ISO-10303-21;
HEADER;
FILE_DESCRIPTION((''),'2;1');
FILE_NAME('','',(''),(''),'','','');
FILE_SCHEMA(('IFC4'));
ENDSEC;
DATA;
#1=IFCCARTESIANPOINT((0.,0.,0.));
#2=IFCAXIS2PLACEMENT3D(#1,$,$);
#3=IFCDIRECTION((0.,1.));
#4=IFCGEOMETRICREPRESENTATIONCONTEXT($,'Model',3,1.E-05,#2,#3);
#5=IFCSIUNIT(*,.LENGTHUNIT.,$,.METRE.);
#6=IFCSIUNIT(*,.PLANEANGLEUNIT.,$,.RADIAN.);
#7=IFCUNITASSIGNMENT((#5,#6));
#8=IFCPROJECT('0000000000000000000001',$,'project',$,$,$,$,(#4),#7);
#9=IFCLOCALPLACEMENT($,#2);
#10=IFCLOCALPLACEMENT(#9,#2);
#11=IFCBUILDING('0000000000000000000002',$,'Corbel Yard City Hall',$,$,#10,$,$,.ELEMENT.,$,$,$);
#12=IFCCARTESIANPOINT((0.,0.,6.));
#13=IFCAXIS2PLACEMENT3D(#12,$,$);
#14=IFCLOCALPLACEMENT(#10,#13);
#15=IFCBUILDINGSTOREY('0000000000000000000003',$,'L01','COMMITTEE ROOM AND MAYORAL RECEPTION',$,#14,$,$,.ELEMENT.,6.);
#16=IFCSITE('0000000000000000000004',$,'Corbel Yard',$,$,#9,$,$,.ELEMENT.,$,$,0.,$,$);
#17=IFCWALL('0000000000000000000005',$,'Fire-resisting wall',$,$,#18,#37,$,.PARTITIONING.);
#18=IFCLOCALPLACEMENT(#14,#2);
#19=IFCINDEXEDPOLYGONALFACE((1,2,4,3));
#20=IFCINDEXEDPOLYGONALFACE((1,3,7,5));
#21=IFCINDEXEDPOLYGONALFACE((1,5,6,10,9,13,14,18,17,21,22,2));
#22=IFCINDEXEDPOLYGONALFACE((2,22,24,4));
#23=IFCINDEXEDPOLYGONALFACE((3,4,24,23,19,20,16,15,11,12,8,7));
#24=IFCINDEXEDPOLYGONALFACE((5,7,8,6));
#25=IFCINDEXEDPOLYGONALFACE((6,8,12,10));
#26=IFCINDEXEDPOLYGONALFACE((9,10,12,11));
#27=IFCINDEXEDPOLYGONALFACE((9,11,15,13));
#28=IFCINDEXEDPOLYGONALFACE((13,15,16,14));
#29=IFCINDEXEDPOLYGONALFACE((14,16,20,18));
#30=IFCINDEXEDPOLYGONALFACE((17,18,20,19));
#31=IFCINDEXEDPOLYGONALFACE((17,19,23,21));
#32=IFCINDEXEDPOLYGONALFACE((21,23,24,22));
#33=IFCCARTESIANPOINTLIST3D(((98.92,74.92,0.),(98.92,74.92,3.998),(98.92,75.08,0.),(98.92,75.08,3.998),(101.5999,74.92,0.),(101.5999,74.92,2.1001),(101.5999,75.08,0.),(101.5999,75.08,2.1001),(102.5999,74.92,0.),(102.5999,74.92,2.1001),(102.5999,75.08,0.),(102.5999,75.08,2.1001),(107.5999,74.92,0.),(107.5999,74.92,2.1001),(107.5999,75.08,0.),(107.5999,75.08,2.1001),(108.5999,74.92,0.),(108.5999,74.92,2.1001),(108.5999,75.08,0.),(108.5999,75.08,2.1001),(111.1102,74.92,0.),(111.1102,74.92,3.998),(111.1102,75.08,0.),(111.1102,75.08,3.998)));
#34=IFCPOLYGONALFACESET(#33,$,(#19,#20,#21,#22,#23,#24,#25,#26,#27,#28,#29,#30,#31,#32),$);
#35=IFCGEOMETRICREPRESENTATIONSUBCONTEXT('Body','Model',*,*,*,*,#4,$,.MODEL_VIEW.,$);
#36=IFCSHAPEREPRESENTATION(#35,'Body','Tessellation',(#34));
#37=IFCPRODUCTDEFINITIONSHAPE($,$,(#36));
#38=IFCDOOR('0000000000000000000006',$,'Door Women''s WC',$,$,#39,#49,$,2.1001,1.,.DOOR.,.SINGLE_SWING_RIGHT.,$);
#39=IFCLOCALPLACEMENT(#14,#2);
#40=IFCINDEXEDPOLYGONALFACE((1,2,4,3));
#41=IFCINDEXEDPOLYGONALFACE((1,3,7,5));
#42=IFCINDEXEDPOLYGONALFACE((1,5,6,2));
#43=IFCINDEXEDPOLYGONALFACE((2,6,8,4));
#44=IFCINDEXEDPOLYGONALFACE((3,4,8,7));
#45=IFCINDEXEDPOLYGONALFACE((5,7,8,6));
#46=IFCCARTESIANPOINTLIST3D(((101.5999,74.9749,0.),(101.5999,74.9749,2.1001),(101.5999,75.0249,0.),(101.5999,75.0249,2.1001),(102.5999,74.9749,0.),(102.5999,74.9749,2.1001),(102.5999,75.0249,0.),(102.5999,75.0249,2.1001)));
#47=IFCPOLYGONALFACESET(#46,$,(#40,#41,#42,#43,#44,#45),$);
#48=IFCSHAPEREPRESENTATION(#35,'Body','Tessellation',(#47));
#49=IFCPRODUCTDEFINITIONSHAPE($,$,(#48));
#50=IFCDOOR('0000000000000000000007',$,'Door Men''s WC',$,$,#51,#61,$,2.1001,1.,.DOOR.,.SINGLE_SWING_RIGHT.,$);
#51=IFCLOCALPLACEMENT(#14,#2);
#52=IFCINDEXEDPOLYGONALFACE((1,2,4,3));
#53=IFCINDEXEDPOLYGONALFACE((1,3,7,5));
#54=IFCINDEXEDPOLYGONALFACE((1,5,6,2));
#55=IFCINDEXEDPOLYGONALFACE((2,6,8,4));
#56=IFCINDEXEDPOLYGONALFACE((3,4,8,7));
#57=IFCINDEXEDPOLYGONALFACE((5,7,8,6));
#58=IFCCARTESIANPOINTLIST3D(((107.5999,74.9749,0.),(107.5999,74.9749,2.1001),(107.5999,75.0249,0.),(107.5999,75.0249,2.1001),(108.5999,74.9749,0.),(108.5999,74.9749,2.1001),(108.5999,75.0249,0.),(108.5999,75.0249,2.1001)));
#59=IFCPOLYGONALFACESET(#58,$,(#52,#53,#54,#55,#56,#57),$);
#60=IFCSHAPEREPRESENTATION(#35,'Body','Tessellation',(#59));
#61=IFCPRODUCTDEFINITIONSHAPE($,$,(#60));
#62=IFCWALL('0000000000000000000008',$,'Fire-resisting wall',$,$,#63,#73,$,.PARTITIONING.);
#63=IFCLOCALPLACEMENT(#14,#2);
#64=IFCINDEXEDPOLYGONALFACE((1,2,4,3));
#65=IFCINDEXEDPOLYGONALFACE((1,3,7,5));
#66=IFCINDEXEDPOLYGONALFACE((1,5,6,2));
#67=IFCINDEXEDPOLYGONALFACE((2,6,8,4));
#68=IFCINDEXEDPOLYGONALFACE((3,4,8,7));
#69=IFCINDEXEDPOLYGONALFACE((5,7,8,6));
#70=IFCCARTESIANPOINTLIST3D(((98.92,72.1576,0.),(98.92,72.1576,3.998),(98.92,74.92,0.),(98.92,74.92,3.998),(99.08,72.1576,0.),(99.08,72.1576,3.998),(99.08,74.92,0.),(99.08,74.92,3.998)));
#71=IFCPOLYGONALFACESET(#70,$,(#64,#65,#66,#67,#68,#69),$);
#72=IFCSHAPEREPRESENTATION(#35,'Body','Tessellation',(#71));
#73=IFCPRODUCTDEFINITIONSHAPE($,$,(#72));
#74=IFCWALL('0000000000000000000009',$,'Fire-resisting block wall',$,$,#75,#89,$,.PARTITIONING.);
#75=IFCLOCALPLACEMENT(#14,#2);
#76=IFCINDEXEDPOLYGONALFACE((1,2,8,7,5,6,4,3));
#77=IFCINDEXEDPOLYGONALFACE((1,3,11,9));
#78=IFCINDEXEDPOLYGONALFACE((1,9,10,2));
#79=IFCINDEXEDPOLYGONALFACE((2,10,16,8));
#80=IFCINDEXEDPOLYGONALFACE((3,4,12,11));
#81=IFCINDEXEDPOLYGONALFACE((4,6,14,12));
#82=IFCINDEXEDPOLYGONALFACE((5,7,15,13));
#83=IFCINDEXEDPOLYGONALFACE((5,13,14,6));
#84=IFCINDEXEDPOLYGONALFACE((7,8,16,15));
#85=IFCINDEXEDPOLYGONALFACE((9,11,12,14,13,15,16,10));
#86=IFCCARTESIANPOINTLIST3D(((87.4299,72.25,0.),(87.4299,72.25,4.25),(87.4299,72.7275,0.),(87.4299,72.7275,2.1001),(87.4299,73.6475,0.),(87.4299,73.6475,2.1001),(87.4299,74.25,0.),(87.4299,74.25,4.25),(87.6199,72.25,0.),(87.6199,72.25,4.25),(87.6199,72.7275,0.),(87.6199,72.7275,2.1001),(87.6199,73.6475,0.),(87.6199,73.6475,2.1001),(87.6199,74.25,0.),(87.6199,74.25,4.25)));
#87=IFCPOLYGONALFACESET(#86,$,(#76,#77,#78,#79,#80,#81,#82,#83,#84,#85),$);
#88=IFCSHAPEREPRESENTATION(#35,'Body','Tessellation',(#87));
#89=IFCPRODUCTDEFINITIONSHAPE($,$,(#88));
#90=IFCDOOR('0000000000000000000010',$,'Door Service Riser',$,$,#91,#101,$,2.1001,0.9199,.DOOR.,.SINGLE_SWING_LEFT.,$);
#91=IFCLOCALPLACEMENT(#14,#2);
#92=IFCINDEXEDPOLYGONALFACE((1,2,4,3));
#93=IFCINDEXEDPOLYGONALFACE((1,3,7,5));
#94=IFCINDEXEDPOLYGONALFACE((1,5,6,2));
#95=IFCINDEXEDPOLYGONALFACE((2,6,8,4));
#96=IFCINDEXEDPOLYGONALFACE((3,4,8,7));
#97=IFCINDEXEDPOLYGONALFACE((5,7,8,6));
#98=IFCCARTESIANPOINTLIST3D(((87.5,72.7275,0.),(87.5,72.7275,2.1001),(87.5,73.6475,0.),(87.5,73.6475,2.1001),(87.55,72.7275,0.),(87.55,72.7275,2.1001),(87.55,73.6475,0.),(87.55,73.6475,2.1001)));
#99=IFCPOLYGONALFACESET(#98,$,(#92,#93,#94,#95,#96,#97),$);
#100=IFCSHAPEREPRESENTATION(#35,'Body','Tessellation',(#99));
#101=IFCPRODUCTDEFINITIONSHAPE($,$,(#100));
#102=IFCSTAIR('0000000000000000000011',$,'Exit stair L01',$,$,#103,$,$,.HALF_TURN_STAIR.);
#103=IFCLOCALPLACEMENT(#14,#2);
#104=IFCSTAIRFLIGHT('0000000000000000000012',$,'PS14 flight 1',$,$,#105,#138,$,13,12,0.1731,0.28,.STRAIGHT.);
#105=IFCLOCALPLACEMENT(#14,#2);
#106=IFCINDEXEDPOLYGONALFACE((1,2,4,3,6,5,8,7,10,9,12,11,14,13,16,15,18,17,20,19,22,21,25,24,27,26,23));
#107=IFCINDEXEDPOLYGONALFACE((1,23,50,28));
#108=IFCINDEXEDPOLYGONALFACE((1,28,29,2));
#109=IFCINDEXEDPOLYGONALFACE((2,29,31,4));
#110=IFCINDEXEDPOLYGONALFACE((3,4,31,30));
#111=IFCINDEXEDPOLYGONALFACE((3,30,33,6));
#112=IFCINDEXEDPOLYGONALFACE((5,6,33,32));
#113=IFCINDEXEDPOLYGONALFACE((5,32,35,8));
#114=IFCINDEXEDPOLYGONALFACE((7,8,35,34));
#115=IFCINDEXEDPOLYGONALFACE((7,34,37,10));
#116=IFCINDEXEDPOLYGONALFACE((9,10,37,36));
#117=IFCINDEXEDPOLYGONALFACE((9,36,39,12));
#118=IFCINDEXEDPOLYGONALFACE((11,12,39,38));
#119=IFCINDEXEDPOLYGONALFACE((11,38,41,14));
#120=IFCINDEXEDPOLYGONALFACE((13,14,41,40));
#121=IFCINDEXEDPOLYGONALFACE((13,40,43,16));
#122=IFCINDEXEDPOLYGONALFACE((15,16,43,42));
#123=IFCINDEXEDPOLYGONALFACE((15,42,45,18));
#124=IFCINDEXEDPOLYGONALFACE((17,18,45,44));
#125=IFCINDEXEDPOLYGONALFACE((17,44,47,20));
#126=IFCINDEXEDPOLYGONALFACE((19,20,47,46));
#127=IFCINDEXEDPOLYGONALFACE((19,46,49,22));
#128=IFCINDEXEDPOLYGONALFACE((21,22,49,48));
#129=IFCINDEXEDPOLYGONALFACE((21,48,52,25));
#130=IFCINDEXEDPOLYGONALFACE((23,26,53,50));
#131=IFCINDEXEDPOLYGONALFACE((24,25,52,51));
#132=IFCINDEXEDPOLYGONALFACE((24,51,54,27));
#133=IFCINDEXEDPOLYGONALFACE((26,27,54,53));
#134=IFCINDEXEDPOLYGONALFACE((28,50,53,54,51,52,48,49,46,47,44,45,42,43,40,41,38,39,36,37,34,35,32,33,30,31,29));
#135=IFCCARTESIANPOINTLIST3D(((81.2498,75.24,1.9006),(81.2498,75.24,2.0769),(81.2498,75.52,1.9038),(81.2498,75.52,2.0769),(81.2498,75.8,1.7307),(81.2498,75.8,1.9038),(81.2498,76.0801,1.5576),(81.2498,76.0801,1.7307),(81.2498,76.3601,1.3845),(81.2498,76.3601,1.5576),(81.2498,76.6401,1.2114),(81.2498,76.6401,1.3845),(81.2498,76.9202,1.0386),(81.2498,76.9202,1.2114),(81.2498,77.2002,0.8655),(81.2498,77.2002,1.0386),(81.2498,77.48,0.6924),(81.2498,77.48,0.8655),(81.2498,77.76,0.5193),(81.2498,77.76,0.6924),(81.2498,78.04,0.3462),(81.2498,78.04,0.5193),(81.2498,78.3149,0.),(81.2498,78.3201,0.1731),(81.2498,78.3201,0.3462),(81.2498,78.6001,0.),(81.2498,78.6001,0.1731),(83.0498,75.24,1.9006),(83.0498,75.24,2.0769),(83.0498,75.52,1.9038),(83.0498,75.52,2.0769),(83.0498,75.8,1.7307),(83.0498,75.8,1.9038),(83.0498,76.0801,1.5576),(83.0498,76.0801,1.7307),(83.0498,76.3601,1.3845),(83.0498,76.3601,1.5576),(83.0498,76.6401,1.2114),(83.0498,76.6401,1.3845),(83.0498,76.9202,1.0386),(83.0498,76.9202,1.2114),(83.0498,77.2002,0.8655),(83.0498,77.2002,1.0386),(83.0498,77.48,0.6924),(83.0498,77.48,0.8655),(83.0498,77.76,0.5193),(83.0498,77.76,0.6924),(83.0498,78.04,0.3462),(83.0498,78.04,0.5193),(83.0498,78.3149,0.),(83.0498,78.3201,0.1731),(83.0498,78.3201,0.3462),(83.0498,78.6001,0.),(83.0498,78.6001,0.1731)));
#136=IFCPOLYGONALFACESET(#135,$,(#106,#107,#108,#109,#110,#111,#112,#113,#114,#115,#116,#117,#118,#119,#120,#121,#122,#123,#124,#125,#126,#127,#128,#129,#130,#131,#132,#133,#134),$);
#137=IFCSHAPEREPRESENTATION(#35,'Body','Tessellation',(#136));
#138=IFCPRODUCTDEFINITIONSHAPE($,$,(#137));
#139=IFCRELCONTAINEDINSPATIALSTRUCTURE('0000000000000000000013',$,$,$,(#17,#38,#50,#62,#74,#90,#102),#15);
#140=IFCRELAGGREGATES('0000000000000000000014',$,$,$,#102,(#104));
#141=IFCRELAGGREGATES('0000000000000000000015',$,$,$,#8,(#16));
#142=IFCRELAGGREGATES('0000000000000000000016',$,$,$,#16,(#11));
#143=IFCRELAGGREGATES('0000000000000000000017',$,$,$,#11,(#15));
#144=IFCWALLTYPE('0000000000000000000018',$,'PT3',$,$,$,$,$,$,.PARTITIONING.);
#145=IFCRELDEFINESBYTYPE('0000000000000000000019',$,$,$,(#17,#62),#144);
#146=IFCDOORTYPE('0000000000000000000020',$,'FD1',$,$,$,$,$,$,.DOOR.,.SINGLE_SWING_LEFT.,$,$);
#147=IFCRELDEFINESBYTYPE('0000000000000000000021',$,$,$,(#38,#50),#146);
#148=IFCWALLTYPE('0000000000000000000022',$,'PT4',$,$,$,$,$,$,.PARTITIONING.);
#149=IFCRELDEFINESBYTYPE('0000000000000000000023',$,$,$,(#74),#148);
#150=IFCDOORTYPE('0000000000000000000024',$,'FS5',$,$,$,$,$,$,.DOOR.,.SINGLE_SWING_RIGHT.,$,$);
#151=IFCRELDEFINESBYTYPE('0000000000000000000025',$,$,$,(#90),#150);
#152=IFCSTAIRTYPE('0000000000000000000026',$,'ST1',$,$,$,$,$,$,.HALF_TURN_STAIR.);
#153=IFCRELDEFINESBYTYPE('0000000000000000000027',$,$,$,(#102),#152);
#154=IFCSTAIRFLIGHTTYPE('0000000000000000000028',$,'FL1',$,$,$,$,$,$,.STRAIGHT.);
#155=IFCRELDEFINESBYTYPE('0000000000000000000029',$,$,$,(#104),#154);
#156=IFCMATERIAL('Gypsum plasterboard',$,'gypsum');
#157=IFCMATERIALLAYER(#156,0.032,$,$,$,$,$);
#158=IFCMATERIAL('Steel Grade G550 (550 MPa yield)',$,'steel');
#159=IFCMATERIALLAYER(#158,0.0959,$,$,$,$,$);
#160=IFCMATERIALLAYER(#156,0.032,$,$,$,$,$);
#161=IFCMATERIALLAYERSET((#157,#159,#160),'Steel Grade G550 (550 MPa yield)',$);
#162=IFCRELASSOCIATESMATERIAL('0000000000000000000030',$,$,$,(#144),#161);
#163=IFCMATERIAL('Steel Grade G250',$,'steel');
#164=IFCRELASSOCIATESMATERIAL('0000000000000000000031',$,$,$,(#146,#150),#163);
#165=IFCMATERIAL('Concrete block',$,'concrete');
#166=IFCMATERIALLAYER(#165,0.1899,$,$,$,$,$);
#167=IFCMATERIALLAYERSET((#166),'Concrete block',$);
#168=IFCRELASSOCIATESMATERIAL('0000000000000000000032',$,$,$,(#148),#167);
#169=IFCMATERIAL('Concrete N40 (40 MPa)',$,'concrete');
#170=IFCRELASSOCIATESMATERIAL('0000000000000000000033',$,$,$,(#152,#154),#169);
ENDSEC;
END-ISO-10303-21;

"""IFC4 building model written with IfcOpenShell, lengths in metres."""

from ifc_helpers import new_model, si_unit, direction, frame, frame_2d, origin, place, context, subcontext, project, spatial, polyline, rectangle, outline, extrude, material, layer, layer_set, type_object, element, fill, aggregate, save


model = new_model("IFC4")

# Units and contexts
model_context = context("Model", 3, precision=1e-05, world=origin(), true_north=direction((0.0, 1.0)))
body_context = subcontext(model_context, "Body", "Model", "MODEL_VIEW")
ifc_project = project(units=[si_unit("LENGTHUNIT", "METRE"), si_unit("PLANEANGLEUNIT", "RADIAN")], contexts=[model_context])

# Site, building, storey
site_placement = place(None, origin())
site = spatial("IfcSite", under=ifc_project, at=site_placement, Name="Corbel Yard", CompositionType="ELEMENT", RefElevation=0.0)
building_placement = place(site_placement, origin())
building = spatial("IfcBuilding", under=site, at=building_placement, Name="Corbel Yard City Hall", CompositionType="ELEMENT")
storey_placement = place(building_placement, frame((0.0, 0.0, 6.0)))
storey = spatial("IfcBuildingStorey", under=building, at=storey_placement, Name="L01", Description="COMMITTEE ROOM AND MAYORAL RECEPTION", CompositionType="ELEMENT", Elevation=6.0)

# Shared definitions
ifc_material_1 = material(Name="Steel Grade G250", Category="steel")

# Shared definitions
ifc_material_2 = material(Name="Concrete N40 (40 MPa)", Category="concrete")

# Shared definitions
ifc_material_3 = material(Name="Gypsum plasterboard", Category="gypsum")
ifc_material_4 = material(Name="Steel Grade G550 (550 MPa yield)", Category="steel")

# Wall, openings, doors
ifc_layer_1 = layer(ifc_material_3, 0.032)
ifc_layer_2 = layer(ifc_material_4, 0.0959)
ifc_layer_3 = layer(ifc_material_3, 0.032)
ifc_layer_set_1 = layer_set([ifc_layer_1, ifc_layer_2, ifc_layer_3], Name="Steel Grade G550 (550 MPa yield)")
wall_type_1 = type_object("IfcWallType", Name="PT3", PredefinedType="PARTITIONING", material=ifc_layer_set_1)
wall_1_placement = place(storey_placement, frame((98.9199, 75.0, 0.0), z_axis=(0.0, 0.0, 1.0), x_axis=(1.0, 0.0, 0.0)))
wall_1 = element("IfcWall", 1, at=wall_1_placement, inside=storey, type_object=wall_type_1, Name="Fire-resisting wall", PredefinedType="PARTITIONING", context=body_context, shape_type="SweptSolid", body=[
    extrude(rectangle(XDim=12.1902, YDim=0.1599, at=frame_2d((6.0952, 0.0))), origin(), (0.0, 0.0, 1.0), 3.998),
])
opening_1_placement = place(wall_1_placement, frame((2.6799, 0.0, 0.0)))
opening_1 = element("IfcOpeningElement", 2, at=opening_1_placement, cuts=wall_1, PredefinedType="OPENING", context=body_context, shape_type="SweptSolid", body=[
    extrude(rectangle(XDim=1.0, YDim=2.1001, at=frame_2d((0.5, 1.05))), frame((0.0, 0.0898, 0.0), z_axis=(0.0, -1.0, 0.0), x_axis=(1.0, 0.0, 0.0)), (0.0, 0.0, 1.0), 0.1799),
])
opening_2_placement = place(wall_1_placement, frame((8.6799, 0.0, 0.0)))
opening_2 = element("IfcOpeningElement", 3, at=opening_2_placement, cuts=wall_1, PredefinedType="OPENING", context=body_context, shape_type="SweptSolid", body=[
    extrude(rectangle(XDim=1.0, YDim=2.1001, at=frame_2d((0.5, 1.05))), frame((0.0, 0.0898, 0.0), z_axis=(0.0, -1.0, 0.0), x_axis=(1.0, 0.0, 0.0)), (0.0, 0.0, 1.0), 0.1799),
])
door_type_1 = type_object("IfcDoorType", Name="FD1", OperationType="SINGLE_SWING_LEFT", PredefinedType="DOOR", material=ifc_material_1)
door_1_placement = place(opening_1_placement, origin())
door_1 = element("IfcDoor", 4, at=door_1_placement, inside=storey, type_object=door_type_1, Name="Door Women's WC", OperationType="SINGLE_SWING_RIGHT", OverallHeight=2.1001, OverallWidth=1.0, PredefinedType="DOOR", context=body_context, shape_type="SweptSolid", body=[
    extrude(rectangle(XDim=1.0, YDim=2.1001, at=frame_2d((0.5, 1.05))), frame((0.0, 0.0249, 0.0), z_axis=(0.0, -1.0, 0.0), x_axis=(1.0, 0.0, 0.0)), (0.0, 0.0, 1.0), 0.05),
])
fill(opening_1, door_1)
door_2_placement = place(opening_2_placement, origin())
door_2 = element("IfcDoor", 5, at=door_2_placement, inside=storey, type_object=door_type_1, Name="Door Men's WC", OperationType="SINGLE_SWING_RIGHT", OverallHeight=2.1001, OverallWidth=1.0, PredefinedType="DOOR", context=body_context, shape_type="SweptSolid", body=[
    extrude(rectangle(XDim=1.0, YDim=2.1001, at=frame_2d((0.5, 1.05))), frame((0.0, 0.0249, 0.0), z_axis=(0.0, -1.0, 0.0), x_axis=(1.0, 0.0, 0.0)), (0.0, 0.0, 1.0), 0.05),
])
fill(opening_2, door_2)

# Wall
wall_2_placement = place(storey_placement, frame((99.0, 72.1575, 0.0), z_axis=(0.0, 0.0, 1.0), x_axis=(0.0, 1.0, 0.0)))
element("IfcWall", 6, at=wall_2_placement, inside=storey, type_object=wall_type_1, Name="Fire-resisting wall", PredefinedType="PARTITIONING", context=body_context, shape_type="SweptSolid", body=[
    extrude(rectangle(XDim=2.7625, YDim=0.1599, at=frame_2d((1.3813, 0.0))), origin(), (0.0, 0.0, 1.0), 3.998),
])

# Wall, opening, door
ifc_material_5 = material(Name="Concrete block", Category="concrete")
ifc_layer_4 = layer(ifc_material_5, 0.1899)
ifc_layer_set_2 = layer_set([ifc_layer_4], Name="Concrete block")
wall_type_2 = type_object("IfcWallType", Name="PT4", PredefinedType="PARTITIONING", material=ifc_layer_set_2)
wall_3_placement = place(storey_placement, frame((87.5249, 72.25, 0.0), z_axis=(0.0, 0.0, 1.0), x_axis=(0.0, 1.0, 0.0)))
wall_3 = element("IfcWall", 7, at=wall_3_placement, inside=storey, type_object=wall_type_2, Name="Fire-resisting block wall", PredefinedType="PARTITIONING", context=body_context, shape_type="SweptSolid", body=[
    extrude(rectangle(XDim=2.0, YDim=0.1899, at=frame_2d((1.0, 0.0))), origin(), (0.0, 0.0, 1.0), 4.25),
])
opening_3_placement = place(wall_3_placement, frame((0.4775, 0.0, 0.0)))
opening_3 = element("IfcOpeningElement", 8, at=opening_3_placement, cuts=wall_3, PredefinedType="OPENING", context=body_context, shape_type="SweptSolid", body=[
    extrude(rectangle(XDim=0.9199, YDim=2.1001, at=frame_2d((0.46, 1.05))), frame((0.0, 0.105, 0.0), z_axis=(0.0, -1.0, 0.0), x_axis=(1.0, 0.0, 0.0)), (0.0, 0.0, 1.0), 0.21),
])
door_type_2 = type_object("IfcDoorType", Name="FS5", OperationType="SINGLE_SWING_RIGHT", PredefinedType="DOOR", material=ifc_material_1)
door_3_placement = place(opening_3_placement, origin())
door_3 = element("IfcDoor", 9, at=door_3_placement, inside=storey, type_object=door_type_2, Name="Door Service Riser", OperationType="SINGLE_SWING_LEFT", OverallHeight=2.1001, OverallWidth=0.9199, PredefinedType="DOOR", context=body_context, shape_type="SweptSolid", body=[
    extrude(rectangle(XDim=0.9199, YDim=2.1001, at=frame_2d((0.46, 1.05))), frame((0.0, 0.0249, 0.0), z_axis=(0.0, -1.0, 0.0), x_axis=(1.0, 0.0, 0.0)), (0.0, 0.0, 1.0), 0.05),
])
fill(opening_3, door_3)

# Stair, stair flight
stair_type = type_object("IfcStairType", Name="ST1", PredefinedType="HALF_TURN_STAIR", material=ifc_material_2)
stair_placement = place(storey_placement, origin())
stair = element("IfcStair", 10, at=stair_placement, inside=storey, type_object=stair_type, Name="Exit stair L01", PredefinedType="HALF_TURN_STAIR")
stair_flight_type = type_object("IfcStairFlightType", Name="FL1", PredefinedType="STRAIGHT", material=ifc_material_2)
stair_flight_1_placement = place(storey_placement, frame((82.1499, 78.6001, 0.0), z_axis=(0.0, 0.0, 1.0), x_axis=(0.0, -1.0, 0.0)))
stair_flight_1 = element("IfcStairFlight", 11, at=stair_flight_1_placement, type_object=stair_flight_type, Name="PS14 flight 1", NumberOfRisers=13, NumberOfTreads=12, PredefinedType="STRAIGHT", RiserHeight=0.1731, TreadLength=0.28, context=body_context, shape_type="SweptSolid", body=[
    extrude(outline(polyline([(0.0, 0.0), (0.0, 0.1731), (0.28, 0.1731), (0.28, 0.3462), (0.5601, 0.3462), (0.5601, 0.5193), (0.8401, 0.5193), (0.8401, 0.6924), (1.1201, 0.6924), (1.1201, 0.8655), (1.3999, 0.8655), (1.3999, 1.0386), (1.6799, 1.0386), (1.6799, 1.2114), (1.96, 1.2114), (1.96, 1.3845), (2.24, 1.3845), (2.24, 1.5576), (2.52, 1.5576), (2.52, 1.7307), (2.8, 1.7307), (2.8, 1.9038), (3.0801, 1.9038), (3.0801, 2.0769), (3.3601, 2.0769), (3.3601, 2.25), (3.3601, 1.9006), (0.2852, 0.0), (0.0, 0.0)])), frame((0.0, 0.8999, 0.0), z_axis=(0.0, -1.0, 0.0), x_axis=(1.0, 0.0, 0.0)), (0.0, 0.0, 1.0), 1.8),
])
aggregate(stair, [stair_flight_1])

save(model, "model.ifc")
